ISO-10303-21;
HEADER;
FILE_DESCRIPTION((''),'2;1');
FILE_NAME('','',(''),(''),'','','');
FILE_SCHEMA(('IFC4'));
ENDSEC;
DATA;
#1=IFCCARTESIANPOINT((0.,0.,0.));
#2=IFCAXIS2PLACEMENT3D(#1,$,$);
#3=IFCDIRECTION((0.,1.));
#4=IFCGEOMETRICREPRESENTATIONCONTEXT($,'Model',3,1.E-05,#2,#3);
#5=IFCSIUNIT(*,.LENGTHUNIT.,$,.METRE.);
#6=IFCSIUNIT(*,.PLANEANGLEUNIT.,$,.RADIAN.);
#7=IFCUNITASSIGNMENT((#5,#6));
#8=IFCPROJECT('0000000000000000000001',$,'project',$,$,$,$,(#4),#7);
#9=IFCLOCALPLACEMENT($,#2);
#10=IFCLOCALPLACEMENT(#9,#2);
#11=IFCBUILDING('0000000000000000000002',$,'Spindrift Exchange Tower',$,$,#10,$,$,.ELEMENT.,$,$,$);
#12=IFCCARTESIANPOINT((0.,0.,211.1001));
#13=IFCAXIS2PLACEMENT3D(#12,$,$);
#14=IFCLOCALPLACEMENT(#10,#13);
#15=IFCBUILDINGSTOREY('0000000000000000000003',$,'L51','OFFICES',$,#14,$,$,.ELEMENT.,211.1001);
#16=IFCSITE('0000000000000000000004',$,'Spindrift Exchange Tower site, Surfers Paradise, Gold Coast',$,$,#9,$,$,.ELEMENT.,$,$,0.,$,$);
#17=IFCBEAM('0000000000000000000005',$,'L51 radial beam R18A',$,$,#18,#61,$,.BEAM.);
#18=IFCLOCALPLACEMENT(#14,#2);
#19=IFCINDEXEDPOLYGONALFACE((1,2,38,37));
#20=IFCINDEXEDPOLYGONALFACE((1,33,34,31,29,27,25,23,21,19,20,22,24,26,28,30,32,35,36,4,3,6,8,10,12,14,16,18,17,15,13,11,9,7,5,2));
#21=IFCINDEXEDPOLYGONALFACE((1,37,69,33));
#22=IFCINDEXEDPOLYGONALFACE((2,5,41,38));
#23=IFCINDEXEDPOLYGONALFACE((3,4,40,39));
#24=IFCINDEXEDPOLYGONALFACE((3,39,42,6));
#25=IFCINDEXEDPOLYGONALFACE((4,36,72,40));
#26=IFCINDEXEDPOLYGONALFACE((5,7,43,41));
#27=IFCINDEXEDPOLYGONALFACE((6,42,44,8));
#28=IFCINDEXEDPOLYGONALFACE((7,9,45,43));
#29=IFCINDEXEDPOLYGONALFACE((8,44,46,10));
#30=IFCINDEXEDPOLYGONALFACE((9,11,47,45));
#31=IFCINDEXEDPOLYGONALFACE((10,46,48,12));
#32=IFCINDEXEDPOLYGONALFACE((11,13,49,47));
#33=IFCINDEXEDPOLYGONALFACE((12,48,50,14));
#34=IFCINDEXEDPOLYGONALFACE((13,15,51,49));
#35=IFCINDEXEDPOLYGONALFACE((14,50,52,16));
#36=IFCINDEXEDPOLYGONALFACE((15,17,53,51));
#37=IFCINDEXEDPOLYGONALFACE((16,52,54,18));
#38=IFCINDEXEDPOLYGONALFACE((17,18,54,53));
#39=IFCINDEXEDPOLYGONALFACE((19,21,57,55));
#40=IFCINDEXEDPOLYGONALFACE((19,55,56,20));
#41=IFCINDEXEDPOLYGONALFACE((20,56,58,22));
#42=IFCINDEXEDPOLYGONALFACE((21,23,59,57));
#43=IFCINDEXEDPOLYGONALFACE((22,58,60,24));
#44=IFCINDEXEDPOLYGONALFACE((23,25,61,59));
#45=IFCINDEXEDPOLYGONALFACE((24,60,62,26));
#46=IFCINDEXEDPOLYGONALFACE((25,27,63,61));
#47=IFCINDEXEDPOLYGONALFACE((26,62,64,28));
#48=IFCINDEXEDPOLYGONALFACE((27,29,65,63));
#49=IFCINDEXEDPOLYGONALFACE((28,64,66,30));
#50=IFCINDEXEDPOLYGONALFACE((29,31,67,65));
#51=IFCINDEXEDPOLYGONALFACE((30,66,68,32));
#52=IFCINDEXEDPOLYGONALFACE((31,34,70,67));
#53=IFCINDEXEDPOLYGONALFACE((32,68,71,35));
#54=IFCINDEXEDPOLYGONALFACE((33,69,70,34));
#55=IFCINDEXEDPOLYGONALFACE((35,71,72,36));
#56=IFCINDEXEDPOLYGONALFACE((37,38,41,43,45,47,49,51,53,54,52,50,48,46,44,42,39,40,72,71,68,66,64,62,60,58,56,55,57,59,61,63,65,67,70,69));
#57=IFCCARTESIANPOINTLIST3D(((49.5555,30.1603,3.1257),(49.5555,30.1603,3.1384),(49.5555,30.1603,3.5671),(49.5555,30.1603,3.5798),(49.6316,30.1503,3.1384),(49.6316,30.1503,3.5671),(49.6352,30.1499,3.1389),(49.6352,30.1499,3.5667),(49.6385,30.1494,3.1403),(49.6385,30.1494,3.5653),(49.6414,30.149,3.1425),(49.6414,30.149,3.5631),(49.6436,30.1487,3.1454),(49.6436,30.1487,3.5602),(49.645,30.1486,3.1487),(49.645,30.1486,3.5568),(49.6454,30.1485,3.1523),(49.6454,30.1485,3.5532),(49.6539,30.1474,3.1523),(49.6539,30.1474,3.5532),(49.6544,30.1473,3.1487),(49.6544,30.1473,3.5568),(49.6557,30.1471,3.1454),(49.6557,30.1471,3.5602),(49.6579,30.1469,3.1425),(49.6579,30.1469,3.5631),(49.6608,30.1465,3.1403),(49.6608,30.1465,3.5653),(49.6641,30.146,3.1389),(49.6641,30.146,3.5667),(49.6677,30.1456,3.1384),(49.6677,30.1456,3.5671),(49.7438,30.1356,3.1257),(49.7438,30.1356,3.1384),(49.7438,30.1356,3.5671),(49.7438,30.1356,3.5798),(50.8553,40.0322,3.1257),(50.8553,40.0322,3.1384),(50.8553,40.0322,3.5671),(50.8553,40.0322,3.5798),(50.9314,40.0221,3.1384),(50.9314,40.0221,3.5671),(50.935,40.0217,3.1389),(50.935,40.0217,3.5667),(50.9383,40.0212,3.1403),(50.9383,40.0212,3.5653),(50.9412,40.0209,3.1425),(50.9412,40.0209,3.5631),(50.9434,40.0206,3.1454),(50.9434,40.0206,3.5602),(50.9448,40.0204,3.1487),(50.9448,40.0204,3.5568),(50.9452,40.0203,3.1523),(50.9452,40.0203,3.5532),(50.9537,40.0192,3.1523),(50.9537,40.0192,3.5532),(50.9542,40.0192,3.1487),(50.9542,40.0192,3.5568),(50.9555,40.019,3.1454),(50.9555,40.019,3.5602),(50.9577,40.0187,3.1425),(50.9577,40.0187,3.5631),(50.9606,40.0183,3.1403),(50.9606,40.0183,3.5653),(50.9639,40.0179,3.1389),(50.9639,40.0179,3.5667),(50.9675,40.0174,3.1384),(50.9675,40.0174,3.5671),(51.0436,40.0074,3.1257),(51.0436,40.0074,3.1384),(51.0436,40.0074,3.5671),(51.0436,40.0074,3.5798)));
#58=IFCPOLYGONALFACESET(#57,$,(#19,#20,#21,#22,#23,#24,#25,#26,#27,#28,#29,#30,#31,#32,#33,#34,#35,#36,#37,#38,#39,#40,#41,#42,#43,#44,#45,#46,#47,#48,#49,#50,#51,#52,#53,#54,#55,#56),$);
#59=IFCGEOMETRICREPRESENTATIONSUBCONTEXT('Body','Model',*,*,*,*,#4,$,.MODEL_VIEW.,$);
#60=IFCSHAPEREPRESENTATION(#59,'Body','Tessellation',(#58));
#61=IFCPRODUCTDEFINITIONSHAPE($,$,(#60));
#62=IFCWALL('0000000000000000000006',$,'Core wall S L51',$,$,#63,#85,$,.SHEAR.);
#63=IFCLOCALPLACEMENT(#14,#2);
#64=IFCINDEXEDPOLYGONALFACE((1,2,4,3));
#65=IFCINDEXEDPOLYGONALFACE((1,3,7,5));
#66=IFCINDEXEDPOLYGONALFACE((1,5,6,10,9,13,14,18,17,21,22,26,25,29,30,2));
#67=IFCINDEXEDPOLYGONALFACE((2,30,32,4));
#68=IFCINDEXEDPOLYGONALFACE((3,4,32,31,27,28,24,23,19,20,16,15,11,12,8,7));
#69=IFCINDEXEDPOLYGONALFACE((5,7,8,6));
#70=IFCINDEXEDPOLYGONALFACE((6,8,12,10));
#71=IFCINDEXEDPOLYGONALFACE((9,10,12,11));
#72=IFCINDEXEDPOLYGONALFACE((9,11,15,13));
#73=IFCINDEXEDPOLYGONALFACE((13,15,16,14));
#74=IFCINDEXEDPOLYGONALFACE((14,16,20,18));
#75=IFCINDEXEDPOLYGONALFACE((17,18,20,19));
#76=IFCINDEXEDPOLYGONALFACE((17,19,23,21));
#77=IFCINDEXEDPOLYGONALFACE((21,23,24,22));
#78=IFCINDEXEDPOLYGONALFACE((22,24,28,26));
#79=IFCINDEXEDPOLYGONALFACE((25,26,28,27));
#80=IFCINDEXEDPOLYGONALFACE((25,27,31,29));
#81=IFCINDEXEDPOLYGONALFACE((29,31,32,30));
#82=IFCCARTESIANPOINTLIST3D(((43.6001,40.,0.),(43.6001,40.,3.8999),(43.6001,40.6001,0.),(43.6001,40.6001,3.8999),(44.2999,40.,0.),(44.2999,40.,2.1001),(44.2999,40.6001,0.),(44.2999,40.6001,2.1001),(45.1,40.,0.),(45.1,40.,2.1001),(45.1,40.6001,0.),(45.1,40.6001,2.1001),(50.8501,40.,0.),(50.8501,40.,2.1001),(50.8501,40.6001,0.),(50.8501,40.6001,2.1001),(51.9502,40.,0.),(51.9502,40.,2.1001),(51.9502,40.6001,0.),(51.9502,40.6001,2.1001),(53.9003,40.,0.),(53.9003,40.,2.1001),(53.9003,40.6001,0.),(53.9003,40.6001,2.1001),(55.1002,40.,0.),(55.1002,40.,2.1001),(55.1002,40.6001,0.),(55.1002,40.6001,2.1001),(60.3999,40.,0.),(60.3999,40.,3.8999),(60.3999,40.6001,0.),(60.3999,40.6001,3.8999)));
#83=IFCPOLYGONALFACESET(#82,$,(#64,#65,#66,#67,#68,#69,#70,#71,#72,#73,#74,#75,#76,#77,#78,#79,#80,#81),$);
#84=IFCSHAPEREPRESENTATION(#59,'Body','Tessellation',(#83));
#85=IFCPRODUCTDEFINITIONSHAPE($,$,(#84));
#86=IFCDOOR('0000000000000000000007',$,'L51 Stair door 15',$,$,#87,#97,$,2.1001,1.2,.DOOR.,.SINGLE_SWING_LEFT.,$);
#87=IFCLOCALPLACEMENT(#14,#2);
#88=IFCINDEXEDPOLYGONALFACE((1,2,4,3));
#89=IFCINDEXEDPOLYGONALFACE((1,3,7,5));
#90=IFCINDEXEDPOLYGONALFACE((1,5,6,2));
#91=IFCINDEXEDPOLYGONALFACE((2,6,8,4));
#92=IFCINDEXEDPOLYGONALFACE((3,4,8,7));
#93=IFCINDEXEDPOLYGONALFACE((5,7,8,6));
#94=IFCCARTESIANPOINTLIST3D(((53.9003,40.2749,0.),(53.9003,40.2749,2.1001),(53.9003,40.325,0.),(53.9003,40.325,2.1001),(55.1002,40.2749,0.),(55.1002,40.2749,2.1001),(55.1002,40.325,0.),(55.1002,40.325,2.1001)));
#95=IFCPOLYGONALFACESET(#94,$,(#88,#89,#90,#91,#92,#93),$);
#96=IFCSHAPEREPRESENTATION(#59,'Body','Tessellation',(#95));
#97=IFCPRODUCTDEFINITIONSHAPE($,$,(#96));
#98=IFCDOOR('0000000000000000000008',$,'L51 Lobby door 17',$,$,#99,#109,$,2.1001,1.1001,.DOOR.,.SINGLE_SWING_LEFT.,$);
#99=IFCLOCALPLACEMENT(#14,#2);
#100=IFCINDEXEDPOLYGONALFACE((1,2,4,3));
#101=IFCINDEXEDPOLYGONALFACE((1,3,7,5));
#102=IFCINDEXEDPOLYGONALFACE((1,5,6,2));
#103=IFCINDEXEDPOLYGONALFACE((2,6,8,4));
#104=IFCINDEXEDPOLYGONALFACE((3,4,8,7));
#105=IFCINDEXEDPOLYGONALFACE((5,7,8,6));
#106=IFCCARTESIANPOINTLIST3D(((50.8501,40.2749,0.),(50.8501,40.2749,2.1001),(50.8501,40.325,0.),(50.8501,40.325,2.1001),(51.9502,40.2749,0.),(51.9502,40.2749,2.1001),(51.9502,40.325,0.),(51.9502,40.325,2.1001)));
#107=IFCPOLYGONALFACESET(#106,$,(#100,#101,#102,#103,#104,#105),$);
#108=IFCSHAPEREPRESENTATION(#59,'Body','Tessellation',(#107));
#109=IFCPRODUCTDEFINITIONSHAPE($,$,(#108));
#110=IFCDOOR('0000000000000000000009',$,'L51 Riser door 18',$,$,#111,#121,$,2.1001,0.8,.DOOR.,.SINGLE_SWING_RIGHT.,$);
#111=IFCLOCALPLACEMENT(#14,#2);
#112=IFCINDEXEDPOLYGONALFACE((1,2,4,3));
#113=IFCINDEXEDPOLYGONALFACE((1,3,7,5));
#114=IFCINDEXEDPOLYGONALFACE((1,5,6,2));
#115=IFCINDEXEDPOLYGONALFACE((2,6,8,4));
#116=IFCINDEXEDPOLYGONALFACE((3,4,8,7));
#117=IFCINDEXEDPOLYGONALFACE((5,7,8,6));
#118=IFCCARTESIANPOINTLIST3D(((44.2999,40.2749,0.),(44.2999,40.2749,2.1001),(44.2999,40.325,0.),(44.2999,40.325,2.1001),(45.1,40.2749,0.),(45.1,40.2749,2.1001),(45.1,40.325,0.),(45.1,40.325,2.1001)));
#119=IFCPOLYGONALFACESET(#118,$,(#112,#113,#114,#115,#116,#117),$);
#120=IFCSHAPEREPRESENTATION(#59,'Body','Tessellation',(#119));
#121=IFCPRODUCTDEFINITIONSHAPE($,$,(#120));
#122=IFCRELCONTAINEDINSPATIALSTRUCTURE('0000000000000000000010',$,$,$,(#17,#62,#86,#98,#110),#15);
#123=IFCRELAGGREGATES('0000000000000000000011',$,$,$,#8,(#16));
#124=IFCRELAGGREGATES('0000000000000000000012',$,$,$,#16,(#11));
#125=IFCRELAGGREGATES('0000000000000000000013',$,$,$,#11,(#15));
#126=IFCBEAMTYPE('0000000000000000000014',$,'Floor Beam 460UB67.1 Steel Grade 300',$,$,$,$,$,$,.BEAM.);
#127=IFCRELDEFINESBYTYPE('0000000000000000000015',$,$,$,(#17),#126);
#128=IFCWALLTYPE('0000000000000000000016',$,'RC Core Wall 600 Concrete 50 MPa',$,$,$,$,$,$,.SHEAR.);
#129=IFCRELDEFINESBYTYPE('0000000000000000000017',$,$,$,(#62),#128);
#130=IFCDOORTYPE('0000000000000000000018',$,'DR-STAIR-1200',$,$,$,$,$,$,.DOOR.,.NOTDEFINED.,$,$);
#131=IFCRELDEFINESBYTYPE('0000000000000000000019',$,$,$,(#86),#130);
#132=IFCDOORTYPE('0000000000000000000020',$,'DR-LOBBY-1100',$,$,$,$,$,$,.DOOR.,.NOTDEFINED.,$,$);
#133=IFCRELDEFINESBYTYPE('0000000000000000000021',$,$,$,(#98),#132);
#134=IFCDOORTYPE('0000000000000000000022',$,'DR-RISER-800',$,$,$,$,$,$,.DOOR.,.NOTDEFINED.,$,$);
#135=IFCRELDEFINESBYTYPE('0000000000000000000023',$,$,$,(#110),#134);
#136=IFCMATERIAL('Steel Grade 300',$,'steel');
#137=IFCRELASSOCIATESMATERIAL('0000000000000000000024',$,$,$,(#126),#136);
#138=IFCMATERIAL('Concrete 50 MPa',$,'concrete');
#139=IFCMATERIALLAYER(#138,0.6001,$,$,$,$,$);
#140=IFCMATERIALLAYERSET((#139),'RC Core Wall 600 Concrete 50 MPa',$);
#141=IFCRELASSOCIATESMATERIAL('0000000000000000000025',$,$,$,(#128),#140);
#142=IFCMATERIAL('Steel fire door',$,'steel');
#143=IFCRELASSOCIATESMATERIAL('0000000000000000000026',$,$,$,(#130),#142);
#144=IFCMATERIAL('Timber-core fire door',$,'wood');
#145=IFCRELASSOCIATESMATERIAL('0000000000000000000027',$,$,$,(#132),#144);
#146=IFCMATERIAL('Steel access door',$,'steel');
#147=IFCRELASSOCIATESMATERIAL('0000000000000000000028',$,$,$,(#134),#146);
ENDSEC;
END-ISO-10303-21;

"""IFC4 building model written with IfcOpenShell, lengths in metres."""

from ifc_helpers import new_model, si_unit, direction, frame, frame_2d, origin, origin_2d, place, context, subcontext, project, spatial, rectangle, i_section, extrude, source, transform, mapped, material, layer, layer_set, material_profile, profile_set, type_object, element, fill, save


model = new_model("IFC4")

# Units and contexts
model_context = context("Model", 3, precision=1e-05, world=origin(), true_north=direction((0.0, 1.0)))
body_context = subcontext(model_context, "Body", "Model", "MODEL_VIEW")
ifc_project = project(units=[si_unit("LENGTHUNIT", "METRE"), si_unit("PLANEANGLEUNIT", "RADIAN")], contexts=[model_context])

# Site, building, storey
site_placement = place(None, origin())
site = spatial("IfcSite", under=ifc_project, at=site_placement, Name="Spindrift Exchange Tower site, Surfers Paradise, Gold Coast", CompositionType="ELEMENT", RefElevation=0.0)
building_placement = place(site_placement, origin())
building = spatial("IfcBuilding", under=site, at=building_placement, Name="Spindrift Exchange Tower", CompositionType="ELEMENT")
storey_placement = place(building_placement, frame((0.0, 0.0, 211.1001)))
storey = spatial("IfcBuildingStorey", under=building, at=storey_placement, Name="L51", Description="OFFICES", CompositionType="ELEMENT", Elevation=211.1001)

# Beam
ifc_material_1 = material(Name="Steel Grade 300", Category="steel")
ifc_material_profile_1 = material_profile(ifc_material_1, i_section(OverallWidth=0.1899, OverallDepth=0.4541, WebThickness=0.0085, FlangeThickness=0.0127, FilletRadius=0.0139, at=origin_2d()), Name="460UB67.1")
ifc_profile_set_1 = profile_set([ifc_material_profile_1], Name="Steel Grade 300")
beam_type_1 = type_object("IfcBeamType", Name="Floor Beam 460UB67.1 Steel Grade 300", PredefinedType="BEAM", material=ifc_profile_set_1)
shared_shape_1 = source(origin(), body_context, "Body", "SweptSolid", [
    extrude(i_section(OverallWidth=0.1899, OverallDepth=0.4541, WebThickness=0.0085, FlangeThickness=0.0127, FilletRadius=0.0139, at=origin_2d()), origin(), (0.0, 0.0, 1.0), 9.957),
])
beam_1_placement = place(storey_placement, frame((50.9495, 40.0198, 3.3528), z_axis=(-0.130541, -0.991443, 0.0), x_axis=(0.991443, -0.130541, 0.0)))
element("IfcBeam", 1, at=beam_1_placement, inside=storey, type_object=beam_type_1, Name="L51 radial beam R18A", PredefinedType="BEAM", context=body_context, shape_type="MappedRepresentation", body=[
    mapped(shared_shape_1, transform((0.0, 0.0, 0.0), scale=1.0)),
])

# Wall, openings, doors
ifc_material_2 = material(Name="Concrete 50 MPa", Category="concrete")
ifc_layer_1 = layer(ifc_material_2, 0.6001)
ifc_layer_set_1 = layer_set([ifc_layer_1], Name="RC Core Wall 600 Concrete 50 MPa")
wall_type_1 = type_object("IfcWallType", Name="RC Core Wall 600 Concrete 50 MPa", PredefinedType="SHEAR", material=ifc_layer_set_1)
wall_1_placement = place(storey_placement, frame((43.6001, 40.3, 0.0), z_axis=(0.0, 0.0, 1.0), x_axis=(1.0, 0.0, 0.0)))
wall_1 = element("IfcWall", 2, at=wall_1_placement, inside=storey, type_object=wall_type_1, Name="Core wall S L51", PredefinedType="SHEAR", context=body_context, shape_type="SweptSolid", body=[
    extrude(rectangle(XDim=16.7998, YDim=0.6001, at=frame_2d((8.3999, 0.0))), origin(), (0.0, 0.0, 1.0), 3.8999),
])
opening_1_placement = place(wall_1_placement, frame((10.3, 0.0, 0.0)))
opening_1 = element("IfcOpeningElement", 3, at=opening_1_placement, cuts=wall_1, PredefinedType="OPENING", context=body_context, shape_type="SweptSolid", body=[
    extrude(rectangle(XDim=1.2, YDim=2.1001, at=frame_2d((0.6001, 1.05))), frame((0.0, 0.3101, 0.0), z_axis=(0.0, -1.0, 0.0), x_axis=(1.0, 0.0, 0.0)), (0.0, 0.0, 1.0), 0.6201),
])
opening_2_placement = place(wall_1_placement, frame((7.25, 0.0, 0.0)))
opening_2 = element("IfcOpeningElement", 4, at=opening_2_placement, cuts=wall_1, PredefinedType="OPENING", context=body_context, shape_type="SweptSolid", body=[
    extrude(rectangle(XDim=1.1001, YDim=2.1001, at=frame_2d((0.55, 1.05))), frame((0.0, 0.3101, 0.0), z_axis=(0.0, -1.0, 0.0), x_axis=(1.0, 0.0, 0.0)), (0.0, 0.0, 1.0), 0.6201),
])
opening_3_placement = place(wall_1_placement, frame((0.7, 0.0, 0.0)))
opening_3 = element("IfcOpeningElement", 5, at=opening_3_placement, cuts=wall_1, PredefinedType="OPENING", context=body_context, shape_type="SweptSolid", body=[
    extrude(rectangle(XDim=0.8, YDim=2.1001, at=frame_2d((0.3999, 1.05))), frame((0.0, 0.3101, 0.0), z_axis=(0.0, -1.0, 0.0), x_axis=(1.0, 0.0, 0.0)), (0.0, 0.0, 1.0), 0.6201),
])
ifc_material_3 = material(Name="Steel fire door", Category="steel")
door_type_1 = type_object("IfcDoorType", Name="DR-STAIR-1200", OperationType="NOTDEFINED", PredefinedType="DOOR", material=ifc_material_3)
shared_shape_2 = source(origin(), body_context, "Body", "SweptSolid", [
    extrude(rectangle(XDim=1.2, YDim=2.1001, at=frame_2d((0.6001, 1.05))), frame((0.0, 0.0249, 0.0), z_axis=(0.0, -1.0, 0.0), x_axis=(1.0, 0.0, 0.0)), (0.0, 0.0, 1.0), 0.05),
])
door_1_placement = place(opening_1_placement, origin())
door_1 = element("IfcDoor", 6, at=door_1_placement, inside=storey, type_object=door_type_1, Name="L51 Stair door 15", OperationType="SINGLE_SWING_LEFT", OverallHeight=2.1001, OverallWidth=1.2, PredefinedType="DOOR", context=body_context, shape_type="MappedRepresentation", body=[
    mapped(shared_shape_2, transform((0.0, 0.0, 0.0), scale=1.0)),
])
fill(opening_1, door_1)
ifc_material_4 = material(Name="Timber-core fire door", Category="wood")
door_type_2 = type_object("IfcDoorType", Name="DR-LOBBY-1100", OperationType="NOTDEFINED", PredefinedType="DOOR", material=ifc_material_4)
shared_shape_3 = source(origin(), body_context, "Body", "SweptSolid", [
    extrude(rectangle(XDim=1.1001, YDim=2.1001, at=frame_2d((0.55, 1.05))), frame((0.0, 0.0249, 0.0), z_axis=(0.0, -1.0, 0.0), x_axis=(1.0, 0.0, 0.0)), (0.0, 0.0, 1.0), 0.05),
])
door_2_placement = place(opening_2_placement, origin())
door_2 = element("IfcDoor", 7, at=door_2_placement, inside=storey, type_object=door_type_2, Name="L51 Lobby door 17", OperationType="SINGLE_SWING_LEFT", OverallHeight=2.1001, OverallWidth=1.1001, PredefinedType="DOOR", context=body_context, shape_type="MappedRepresentation", body=[
    mapped(shared_shape_3, transform((0.0, 0.0, 0.0), scale=1.0)),
])
fill(opening_2, door_2)
ifc_material_5 = material(Name="Steel access door", Category="steel")
door_type_3 = type_object("IfcDoorType", Name="DR-RISER-800", OperationType="NOTDEFINED", PredefinedType="DOOR", material=ifc_material_5)
shared_shape_4 = source(origin(), body_context, "Body", "SweptSolid", [
    extrude(rectangle(XDim=0.8, YDim=2.1001, at=frame_2d((0.3999, 1.05))), frame((0.0, 0.0249, 0.0), z_axis=(0.0, -1.0, 0.0), x_axis=(1.0, 0.0, 0.0)), (0.0, 0.0, 1.0), 0.05),
])
door_3_placement = place(opening_3_placement, origin())
door_3 = element("IfcDoor", 8, at=door_3_placement, inside=storey, type_object=door_type_3, Name="L51 Riser door 18", OperationType="SINGLE_SWING_RIGHT", OverallHeight=2.1001, OverallWidth=0.8, PredefinedType="DOOR", context=body_context, shape_type="MappedRepresentation", body=[
    mapped(shared_shape_4, transform((0.0, 0.0, 0.0), scale=1.0)),
])
fill(opening_3, door_3)

save(model, "model.ifc")
